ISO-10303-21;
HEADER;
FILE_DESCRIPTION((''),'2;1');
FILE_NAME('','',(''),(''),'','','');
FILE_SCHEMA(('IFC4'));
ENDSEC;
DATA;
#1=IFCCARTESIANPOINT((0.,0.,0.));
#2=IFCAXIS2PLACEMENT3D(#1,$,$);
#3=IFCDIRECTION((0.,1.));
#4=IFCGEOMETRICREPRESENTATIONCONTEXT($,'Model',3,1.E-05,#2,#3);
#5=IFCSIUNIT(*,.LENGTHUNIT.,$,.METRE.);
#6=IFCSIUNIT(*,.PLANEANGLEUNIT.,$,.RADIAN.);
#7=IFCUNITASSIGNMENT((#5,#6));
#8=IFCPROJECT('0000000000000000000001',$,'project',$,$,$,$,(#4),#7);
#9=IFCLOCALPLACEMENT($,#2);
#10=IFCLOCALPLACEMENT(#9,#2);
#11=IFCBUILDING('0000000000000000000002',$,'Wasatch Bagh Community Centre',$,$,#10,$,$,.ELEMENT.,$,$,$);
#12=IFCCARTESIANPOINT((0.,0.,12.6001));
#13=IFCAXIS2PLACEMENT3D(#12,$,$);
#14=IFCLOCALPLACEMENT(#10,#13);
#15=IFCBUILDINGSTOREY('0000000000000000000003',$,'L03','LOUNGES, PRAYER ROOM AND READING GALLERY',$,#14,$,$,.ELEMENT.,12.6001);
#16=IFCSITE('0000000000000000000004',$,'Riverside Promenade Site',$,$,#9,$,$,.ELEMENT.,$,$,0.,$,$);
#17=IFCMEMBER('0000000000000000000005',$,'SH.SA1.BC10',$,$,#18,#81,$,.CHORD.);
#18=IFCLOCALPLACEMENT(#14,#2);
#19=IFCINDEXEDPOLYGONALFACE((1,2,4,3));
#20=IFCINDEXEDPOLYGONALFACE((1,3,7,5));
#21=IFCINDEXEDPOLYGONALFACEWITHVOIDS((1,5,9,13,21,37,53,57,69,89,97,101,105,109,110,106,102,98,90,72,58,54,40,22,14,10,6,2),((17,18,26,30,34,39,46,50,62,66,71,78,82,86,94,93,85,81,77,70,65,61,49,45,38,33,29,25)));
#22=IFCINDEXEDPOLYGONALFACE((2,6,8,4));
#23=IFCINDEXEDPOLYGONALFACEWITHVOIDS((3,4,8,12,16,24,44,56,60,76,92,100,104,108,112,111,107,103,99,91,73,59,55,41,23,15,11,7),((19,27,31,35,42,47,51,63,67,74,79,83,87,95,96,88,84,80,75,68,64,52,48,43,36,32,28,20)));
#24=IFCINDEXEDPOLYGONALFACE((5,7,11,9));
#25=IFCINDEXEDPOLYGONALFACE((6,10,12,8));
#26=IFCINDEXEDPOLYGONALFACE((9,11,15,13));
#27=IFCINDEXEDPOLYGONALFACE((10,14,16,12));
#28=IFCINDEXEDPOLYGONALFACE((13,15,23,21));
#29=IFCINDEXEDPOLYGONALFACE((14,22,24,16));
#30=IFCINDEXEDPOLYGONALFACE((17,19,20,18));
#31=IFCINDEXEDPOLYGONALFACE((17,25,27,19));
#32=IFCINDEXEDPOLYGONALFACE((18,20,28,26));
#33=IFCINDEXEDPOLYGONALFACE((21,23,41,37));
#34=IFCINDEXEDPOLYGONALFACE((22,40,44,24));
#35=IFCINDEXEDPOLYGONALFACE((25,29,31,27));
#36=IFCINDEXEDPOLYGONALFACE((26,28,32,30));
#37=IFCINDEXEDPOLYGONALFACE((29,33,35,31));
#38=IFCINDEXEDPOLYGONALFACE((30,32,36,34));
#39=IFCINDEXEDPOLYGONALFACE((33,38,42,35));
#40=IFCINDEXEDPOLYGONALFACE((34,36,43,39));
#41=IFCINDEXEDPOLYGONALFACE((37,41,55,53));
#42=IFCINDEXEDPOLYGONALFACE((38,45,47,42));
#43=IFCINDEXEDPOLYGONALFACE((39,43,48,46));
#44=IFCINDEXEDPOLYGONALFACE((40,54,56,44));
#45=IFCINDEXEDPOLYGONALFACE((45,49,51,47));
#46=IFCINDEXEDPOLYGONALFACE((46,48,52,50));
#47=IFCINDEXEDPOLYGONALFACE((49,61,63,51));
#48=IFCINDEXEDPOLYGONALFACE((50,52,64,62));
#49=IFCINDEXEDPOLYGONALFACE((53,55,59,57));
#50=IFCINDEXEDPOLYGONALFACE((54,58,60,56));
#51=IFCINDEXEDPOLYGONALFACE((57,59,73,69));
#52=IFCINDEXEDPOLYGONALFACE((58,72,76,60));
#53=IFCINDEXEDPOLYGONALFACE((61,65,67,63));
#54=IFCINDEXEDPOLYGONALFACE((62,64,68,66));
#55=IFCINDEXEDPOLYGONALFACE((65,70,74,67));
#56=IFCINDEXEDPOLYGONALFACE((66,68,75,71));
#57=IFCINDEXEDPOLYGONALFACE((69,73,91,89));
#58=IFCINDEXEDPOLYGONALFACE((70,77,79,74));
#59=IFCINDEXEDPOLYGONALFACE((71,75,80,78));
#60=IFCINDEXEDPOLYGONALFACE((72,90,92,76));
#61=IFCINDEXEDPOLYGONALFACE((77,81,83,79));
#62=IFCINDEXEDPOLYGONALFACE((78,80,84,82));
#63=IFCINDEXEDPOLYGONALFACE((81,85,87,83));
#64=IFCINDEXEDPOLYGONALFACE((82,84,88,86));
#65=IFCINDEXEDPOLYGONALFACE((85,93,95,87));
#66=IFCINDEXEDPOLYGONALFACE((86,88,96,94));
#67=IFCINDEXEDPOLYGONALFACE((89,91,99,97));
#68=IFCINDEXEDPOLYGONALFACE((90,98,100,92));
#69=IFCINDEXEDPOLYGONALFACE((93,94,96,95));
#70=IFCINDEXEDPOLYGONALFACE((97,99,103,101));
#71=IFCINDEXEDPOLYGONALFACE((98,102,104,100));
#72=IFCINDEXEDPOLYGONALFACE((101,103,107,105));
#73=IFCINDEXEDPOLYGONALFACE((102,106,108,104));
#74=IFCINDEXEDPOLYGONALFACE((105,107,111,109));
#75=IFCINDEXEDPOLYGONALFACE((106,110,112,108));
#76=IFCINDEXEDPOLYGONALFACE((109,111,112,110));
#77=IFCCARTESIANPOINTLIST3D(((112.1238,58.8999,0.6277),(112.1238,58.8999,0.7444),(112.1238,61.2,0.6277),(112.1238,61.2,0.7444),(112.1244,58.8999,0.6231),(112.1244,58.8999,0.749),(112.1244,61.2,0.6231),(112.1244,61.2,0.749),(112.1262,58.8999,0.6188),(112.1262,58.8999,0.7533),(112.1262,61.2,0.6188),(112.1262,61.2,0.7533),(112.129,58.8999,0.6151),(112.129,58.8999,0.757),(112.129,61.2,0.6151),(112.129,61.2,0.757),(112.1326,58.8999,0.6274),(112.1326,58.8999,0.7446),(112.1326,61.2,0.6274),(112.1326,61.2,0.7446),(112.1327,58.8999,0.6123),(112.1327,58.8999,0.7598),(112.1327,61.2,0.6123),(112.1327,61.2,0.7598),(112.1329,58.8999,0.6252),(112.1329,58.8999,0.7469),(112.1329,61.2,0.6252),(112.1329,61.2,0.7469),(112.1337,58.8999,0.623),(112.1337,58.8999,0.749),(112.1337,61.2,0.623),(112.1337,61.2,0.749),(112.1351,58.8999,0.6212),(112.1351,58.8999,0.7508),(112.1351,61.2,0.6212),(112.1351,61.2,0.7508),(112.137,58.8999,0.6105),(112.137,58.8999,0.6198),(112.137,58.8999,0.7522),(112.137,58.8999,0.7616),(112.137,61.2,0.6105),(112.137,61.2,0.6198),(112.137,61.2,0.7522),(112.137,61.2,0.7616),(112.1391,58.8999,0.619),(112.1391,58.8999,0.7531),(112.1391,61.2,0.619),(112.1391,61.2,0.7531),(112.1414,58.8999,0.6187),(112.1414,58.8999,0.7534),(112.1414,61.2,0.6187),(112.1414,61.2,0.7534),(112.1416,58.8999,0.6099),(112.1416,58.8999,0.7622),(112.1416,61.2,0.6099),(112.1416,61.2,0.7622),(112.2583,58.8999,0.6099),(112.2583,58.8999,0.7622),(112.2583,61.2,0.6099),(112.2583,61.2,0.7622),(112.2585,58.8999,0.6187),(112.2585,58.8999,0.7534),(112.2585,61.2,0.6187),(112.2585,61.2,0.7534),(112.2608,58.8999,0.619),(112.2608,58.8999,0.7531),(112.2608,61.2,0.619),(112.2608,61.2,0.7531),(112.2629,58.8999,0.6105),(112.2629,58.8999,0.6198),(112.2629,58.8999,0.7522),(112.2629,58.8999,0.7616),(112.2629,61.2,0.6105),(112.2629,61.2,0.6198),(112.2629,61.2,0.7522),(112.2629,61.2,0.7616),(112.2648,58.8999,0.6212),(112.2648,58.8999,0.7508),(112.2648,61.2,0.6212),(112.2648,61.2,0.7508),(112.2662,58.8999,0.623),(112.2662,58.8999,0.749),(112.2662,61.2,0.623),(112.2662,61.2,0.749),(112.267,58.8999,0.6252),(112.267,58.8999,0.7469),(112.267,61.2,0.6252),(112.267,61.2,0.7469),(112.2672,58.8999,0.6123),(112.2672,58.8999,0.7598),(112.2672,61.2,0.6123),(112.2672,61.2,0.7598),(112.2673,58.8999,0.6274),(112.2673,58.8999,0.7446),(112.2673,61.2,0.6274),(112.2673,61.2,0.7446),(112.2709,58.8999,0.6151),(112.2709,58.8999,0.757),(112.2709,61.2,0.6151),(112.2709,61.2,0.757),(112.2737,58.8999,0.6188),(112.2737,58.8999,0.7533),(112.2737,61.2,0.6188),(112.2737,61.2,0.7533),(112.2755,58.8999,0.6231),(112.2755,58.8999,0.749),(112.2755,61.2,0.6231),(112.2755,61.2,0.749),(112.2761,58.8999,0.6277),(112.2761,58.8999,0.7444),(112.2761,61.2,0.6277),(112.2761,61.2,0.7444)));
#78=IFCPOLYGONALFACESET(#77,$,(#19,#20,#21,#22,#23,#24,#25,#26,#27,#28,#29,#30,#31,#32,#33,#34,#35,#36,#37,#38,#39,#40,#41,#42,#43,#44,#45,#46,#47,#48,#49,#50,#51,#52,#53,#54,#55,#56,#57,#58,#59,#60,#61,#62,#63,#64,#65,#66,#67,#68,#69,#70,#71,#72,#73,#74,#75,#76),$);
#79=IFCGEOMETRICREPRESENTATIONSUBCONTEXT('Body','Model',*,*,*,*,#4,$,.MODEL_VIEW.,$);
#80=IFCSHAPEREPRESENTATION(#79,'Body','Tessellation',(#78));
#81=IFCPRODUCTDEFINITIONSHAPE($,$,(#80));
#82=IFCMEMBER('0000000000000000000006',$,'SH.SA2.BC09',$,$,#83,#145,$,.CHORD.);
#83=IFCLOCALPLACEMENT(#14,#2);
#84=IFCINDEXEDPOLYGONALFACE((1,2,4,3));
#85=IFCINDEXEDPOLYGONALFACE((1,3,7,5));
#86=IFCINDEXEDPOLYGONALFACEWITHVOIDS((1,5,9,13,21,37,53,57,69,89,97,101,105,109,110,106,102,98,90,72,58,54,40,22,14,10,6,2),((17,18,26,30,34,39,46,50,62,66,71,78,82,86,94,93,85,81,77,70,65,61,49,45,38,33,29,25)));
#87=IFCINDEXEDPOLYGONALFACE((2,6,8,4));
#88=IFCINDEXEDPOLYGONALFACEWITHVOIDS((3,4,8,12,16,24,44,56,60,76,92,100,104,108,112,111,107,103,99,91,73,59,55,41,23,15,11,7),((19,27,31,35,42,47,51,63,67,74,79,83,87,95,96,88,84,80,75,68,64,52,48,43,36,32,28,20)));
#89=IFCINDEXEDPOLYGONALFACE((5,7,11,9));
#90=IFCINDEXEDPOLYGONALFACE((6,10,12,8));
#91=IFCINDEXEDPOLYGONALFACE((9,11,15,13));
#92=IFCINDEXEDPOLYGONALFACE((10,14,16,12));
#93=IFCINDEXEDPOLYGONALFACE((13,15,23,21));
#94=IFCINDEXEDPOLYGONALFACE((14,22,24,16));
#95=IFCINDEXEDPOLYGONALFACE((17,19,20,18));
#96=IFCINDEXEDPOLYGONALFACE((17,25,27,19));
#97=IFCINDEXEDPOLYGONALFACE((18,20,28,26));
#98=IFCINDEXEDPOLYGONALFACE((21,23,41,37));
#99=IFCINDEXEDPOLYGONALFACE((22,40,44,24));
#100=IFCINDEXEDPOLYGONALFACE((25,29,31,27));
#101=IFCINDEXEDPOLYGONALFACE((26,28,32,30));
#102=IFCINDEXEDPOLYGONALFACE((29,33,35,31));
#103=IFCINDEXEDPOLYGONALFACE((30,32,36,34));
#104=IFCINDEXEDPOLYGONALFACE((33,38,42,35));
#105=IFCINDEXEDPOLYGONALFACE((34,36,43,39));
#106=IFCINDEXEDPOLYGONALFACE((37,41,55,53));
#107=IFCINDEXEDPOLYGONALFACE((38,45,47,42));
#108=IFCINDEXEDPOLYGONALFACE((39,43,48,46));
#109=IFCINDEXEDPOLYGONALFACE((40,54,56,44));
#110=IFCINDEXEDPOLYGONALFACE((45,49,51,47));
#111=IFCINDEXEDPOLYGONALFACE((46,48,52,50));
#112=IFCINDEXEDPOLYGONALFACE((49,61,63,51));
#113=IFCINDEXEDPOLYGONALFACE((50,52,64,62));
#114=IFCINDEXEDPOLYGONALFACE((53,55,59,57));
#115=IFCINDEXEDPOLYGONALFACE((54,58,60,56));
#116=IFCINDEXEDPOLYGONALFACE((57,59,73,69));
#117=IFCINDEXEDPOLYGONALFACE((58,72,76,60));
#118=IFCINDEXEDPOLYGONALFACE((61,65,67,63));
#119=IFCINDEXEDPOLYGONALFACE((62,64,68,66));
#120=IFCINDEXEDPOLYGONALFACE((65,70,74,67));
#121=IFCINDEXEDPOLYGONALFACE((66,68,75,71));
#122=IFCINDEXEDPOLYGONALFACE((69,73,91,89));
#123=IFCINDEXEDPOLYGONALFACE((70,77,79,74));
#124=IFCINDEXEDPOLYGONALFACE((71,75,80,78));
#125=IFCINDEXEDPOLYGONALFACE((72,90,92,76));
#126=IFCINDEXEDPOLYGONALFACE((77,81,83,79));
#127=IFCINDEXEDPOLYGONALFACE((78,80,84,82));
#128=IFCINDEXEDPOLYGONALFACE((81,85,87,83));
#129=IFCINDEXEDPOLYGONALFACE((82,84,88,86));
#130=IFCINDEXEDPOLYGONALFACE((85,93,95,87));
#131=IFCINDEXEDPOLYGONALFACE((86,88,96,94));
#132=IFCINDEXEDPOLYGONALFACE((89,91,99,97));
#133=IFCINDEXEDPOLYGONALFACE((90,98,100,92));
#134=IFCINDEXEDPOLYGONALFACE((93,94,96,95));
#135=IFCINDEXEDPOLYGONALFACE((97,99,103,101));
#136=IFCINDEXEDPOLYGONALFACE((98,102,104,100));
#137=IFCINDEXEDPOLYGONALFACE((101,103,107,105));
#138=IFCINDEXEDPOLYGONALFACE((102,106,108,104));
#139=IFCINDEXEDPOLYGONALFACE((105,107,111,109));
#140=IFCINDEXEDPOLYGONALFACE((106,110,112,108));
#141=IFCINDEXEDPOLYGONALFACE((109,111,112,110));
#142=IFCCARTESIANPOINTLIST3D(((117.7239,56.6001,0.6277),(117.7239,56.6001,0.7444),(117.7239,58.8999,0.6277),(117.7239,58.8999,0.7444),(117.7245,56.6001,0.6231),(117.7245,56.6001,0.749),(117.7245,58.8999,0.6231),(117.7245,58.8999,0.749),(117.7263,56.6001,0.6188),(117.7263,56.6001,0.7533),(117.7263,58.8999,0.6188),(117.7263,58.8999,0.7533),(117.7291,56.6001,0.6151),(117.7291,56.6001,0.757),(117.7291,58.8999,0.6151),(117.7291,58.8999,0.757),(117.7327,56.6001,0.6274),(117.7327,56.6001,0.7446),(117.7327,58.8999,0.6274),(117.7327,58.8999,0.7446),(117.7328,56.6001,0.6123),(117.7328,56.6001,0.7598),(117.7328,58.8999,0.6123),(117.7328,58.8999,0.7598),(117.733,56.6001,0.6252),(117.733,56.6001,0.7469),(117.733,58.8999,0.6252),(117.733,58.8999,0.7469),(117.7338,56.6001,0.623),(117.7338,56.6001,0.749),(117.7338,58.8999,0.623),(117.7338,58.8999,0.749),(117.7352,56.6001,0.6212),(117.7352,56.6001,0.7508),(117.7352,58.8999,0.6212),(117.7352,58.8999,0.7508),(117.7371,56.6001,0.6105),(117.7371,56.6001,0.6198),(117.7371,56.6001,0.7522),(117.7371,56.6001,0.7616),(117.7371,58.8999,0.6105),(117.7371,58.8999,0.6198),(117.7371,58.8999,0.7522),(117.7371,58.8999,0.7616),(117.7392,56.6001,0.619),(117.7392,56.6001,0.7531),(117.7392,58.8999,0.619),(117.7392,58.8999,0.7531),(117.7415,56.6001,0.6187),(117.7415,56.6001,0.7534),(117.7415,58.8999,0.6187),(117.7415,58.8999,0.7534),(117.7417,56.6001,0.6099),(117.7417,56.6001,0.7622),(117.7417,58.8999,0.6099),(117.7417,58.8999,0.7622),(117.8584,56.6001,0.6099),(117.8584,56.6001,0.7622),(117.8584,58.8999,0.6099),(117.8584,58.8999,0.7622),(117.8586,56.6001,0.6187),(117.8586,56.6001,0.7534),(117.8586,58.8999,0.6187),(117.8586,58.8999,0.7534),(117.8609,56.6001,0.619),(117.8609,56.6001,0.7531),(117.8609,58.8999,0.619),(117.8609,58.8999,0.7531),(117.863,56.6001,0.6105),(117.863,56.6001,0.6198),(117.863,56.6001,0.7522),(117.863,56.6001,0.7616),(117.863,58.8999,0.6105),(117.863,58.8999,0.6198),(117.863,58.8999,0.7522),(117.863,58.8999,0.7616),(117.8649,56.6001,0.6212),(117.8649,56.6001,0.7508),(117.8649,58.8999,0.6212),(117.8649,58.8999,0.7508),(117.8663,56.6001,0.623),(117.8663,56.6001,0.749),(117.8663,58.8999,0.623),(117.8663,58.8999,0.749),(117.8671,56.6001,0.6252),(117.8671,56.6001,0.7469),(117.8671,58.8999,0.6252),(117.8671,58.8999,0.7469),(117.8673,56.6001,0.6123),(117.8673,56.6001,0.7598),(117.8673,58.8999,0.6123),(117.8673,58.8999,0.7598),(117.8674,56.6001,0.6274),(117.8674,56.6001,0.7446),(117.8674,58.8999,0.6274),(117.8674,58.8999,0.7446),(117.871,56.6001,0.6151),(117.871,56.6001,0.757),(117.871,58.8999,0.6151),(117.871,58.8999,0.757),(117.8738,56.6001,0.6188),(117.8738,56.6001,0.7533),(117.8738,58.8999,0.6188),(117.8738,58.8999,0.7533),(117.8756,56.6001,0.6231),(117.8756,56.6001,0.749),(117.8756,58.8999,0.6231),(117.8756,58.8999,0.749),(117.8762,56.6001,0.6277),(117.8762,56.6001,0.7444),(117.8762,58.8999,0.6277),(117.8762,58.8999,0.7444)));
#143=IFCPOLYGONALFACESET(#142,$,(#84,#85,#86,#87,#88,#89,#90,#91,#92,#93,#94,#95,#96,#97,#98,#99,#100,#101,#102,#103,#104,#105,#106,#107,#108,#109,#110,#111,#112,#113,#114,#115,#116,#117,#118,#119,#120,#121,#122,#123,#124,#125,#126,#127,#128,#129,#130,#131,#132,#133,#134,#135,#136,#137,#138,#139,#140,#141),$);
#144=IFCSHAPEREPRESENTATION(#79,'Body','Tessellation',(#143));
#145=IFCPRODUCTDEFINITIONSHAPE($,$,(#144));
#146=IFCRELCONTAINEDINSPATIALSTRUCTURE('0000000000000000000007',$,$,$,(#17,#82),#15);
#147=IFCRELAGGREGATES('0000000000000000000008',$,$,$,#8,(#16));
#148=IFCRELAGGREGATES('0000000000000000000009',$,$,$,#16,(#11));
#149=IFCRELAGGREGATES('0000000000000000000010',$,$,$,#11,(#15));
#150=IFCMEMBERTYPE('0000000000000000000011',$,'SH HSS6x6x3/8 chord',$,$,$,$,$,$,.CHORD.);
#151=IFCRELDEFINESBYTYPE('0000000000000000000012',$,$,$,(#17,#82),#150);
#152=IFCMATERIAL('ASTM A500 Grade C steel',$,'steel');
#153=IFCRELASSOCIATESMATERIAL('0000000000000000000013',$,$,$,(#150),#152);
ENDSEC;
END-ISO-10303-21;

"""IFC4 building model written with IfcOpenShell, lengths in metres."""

from ifc_helpers import new_model, si_unit, direction, frame, origin, origin_2d, place, context, subcontext, project, spatial, hollow_rectangle, extrude, material, material_profile, profile_set, type_object, element, save


model = new_model("IFC4")

# Units and contexts
model_context = context("Model", 3, precision=1e-05, world=origin(), true_north=direction((0.0, 1.0)))
body_context = subcontext(model_context, "Body", "Model", "MODEL_VIEW")
ifc_project = project(units=[si_unit("LENGTHUNIT", "METRE"), si_unit("PLANEANGLEUNIT", "RADIAN")], contexts=[model_context])

# Site, building, storey
site_placement = place(None, origin())
site = spatial("IfcSite", under=ifc_project, at=site_placement, Name="Riverside Promenade Site", CompositionType="ELEMENT", RefElevation=0.0)
building_placement = place(site_placement, origin())
building = spatial("IfcBuilding", under=site, at=building_placement, Name="Wasatch Bagh Community Centre", CompositionType="ELEMENT")
storey_placement = place(building_placement, frame((0.0, 0.0, 12.6001)))
storey = spatial("IfcBuildingStorey", under=building, at=storey_placement, Name="L03", Description="LOUNGES, PRAYER ROOM AND READING GALLERY", CompositionType="ELEMENT", Elevation=12.6001)

# Members
ifc_material_1 = material(Name="ASTM A500 Grade C steel", Category="steel")
ifc_material_profile_1 = material_profile(ifc_material_1, hollow_rectangle(XDim=0.1523, YDim=0.1523, WallThickness=0.0088, InnerFilletRadius=0.0088, OuterFilletRadius=0.0178, at=origin_2d()), Name="HSS6x6x3/8")
ifc_profile_set_1 = profile_set([ifc_material_profile_1], Name="ASTM A500 Grade C steel")
member_type_1 = type_object("IfcMemberType", Name="SH HSS6x6x3/8 chord", PredefinedType="CHORD", material=ifc_profile_set_1)
member_1_placement = place(storey_placement, frame((112.2, 58.8999, 0.686), z_axis=(0.0, 1.0, 0.0), x_axis=(-1.0, 0.0, 0.0)))
element("IfcMember", 1, at=member_1_placement, inside=storey, type_object=member_type_1, Name="SH.SA1.BC10", PredefinedType="CHORD", context=body_context, shape_type="SweptSolid", body=[
    extrude(hollow_rectangle(XDim=0.1523, YDim=0.1523, WallThickness=0.0088, InnerFilletRadius=0.0088, OuterFilletRadius=0.0178, at=origin_2d()), origin(), (0.0, 0.0, 1.0), 2.3),
])
member_2_placement = place(storey_placement, frame((117.8, 56.6001, 0.686), z_axis=(0.0, 1.0, 0.0), x_axis=(-1.0, 0.0, 0.0)))
element("IfcMember", 2, at=member_2_placement, inside=storey, type_object=member_type_1, Name="SH.SA2.BC09", PredefinedType="CHORD", context=body_context, shape_type="SweptSolid", body=[
    extrude(hollow_rectangle(XDim=0.1523, YDim=0.1523, WallThickness=0.0088, InnerFilletRadius=0.0088, OuterFilletRadius=0.0178, at=origin_2d()), origin(), (0.0, 0.0, 1.0), 2.2998),
])

save(model, "model.ifc")
